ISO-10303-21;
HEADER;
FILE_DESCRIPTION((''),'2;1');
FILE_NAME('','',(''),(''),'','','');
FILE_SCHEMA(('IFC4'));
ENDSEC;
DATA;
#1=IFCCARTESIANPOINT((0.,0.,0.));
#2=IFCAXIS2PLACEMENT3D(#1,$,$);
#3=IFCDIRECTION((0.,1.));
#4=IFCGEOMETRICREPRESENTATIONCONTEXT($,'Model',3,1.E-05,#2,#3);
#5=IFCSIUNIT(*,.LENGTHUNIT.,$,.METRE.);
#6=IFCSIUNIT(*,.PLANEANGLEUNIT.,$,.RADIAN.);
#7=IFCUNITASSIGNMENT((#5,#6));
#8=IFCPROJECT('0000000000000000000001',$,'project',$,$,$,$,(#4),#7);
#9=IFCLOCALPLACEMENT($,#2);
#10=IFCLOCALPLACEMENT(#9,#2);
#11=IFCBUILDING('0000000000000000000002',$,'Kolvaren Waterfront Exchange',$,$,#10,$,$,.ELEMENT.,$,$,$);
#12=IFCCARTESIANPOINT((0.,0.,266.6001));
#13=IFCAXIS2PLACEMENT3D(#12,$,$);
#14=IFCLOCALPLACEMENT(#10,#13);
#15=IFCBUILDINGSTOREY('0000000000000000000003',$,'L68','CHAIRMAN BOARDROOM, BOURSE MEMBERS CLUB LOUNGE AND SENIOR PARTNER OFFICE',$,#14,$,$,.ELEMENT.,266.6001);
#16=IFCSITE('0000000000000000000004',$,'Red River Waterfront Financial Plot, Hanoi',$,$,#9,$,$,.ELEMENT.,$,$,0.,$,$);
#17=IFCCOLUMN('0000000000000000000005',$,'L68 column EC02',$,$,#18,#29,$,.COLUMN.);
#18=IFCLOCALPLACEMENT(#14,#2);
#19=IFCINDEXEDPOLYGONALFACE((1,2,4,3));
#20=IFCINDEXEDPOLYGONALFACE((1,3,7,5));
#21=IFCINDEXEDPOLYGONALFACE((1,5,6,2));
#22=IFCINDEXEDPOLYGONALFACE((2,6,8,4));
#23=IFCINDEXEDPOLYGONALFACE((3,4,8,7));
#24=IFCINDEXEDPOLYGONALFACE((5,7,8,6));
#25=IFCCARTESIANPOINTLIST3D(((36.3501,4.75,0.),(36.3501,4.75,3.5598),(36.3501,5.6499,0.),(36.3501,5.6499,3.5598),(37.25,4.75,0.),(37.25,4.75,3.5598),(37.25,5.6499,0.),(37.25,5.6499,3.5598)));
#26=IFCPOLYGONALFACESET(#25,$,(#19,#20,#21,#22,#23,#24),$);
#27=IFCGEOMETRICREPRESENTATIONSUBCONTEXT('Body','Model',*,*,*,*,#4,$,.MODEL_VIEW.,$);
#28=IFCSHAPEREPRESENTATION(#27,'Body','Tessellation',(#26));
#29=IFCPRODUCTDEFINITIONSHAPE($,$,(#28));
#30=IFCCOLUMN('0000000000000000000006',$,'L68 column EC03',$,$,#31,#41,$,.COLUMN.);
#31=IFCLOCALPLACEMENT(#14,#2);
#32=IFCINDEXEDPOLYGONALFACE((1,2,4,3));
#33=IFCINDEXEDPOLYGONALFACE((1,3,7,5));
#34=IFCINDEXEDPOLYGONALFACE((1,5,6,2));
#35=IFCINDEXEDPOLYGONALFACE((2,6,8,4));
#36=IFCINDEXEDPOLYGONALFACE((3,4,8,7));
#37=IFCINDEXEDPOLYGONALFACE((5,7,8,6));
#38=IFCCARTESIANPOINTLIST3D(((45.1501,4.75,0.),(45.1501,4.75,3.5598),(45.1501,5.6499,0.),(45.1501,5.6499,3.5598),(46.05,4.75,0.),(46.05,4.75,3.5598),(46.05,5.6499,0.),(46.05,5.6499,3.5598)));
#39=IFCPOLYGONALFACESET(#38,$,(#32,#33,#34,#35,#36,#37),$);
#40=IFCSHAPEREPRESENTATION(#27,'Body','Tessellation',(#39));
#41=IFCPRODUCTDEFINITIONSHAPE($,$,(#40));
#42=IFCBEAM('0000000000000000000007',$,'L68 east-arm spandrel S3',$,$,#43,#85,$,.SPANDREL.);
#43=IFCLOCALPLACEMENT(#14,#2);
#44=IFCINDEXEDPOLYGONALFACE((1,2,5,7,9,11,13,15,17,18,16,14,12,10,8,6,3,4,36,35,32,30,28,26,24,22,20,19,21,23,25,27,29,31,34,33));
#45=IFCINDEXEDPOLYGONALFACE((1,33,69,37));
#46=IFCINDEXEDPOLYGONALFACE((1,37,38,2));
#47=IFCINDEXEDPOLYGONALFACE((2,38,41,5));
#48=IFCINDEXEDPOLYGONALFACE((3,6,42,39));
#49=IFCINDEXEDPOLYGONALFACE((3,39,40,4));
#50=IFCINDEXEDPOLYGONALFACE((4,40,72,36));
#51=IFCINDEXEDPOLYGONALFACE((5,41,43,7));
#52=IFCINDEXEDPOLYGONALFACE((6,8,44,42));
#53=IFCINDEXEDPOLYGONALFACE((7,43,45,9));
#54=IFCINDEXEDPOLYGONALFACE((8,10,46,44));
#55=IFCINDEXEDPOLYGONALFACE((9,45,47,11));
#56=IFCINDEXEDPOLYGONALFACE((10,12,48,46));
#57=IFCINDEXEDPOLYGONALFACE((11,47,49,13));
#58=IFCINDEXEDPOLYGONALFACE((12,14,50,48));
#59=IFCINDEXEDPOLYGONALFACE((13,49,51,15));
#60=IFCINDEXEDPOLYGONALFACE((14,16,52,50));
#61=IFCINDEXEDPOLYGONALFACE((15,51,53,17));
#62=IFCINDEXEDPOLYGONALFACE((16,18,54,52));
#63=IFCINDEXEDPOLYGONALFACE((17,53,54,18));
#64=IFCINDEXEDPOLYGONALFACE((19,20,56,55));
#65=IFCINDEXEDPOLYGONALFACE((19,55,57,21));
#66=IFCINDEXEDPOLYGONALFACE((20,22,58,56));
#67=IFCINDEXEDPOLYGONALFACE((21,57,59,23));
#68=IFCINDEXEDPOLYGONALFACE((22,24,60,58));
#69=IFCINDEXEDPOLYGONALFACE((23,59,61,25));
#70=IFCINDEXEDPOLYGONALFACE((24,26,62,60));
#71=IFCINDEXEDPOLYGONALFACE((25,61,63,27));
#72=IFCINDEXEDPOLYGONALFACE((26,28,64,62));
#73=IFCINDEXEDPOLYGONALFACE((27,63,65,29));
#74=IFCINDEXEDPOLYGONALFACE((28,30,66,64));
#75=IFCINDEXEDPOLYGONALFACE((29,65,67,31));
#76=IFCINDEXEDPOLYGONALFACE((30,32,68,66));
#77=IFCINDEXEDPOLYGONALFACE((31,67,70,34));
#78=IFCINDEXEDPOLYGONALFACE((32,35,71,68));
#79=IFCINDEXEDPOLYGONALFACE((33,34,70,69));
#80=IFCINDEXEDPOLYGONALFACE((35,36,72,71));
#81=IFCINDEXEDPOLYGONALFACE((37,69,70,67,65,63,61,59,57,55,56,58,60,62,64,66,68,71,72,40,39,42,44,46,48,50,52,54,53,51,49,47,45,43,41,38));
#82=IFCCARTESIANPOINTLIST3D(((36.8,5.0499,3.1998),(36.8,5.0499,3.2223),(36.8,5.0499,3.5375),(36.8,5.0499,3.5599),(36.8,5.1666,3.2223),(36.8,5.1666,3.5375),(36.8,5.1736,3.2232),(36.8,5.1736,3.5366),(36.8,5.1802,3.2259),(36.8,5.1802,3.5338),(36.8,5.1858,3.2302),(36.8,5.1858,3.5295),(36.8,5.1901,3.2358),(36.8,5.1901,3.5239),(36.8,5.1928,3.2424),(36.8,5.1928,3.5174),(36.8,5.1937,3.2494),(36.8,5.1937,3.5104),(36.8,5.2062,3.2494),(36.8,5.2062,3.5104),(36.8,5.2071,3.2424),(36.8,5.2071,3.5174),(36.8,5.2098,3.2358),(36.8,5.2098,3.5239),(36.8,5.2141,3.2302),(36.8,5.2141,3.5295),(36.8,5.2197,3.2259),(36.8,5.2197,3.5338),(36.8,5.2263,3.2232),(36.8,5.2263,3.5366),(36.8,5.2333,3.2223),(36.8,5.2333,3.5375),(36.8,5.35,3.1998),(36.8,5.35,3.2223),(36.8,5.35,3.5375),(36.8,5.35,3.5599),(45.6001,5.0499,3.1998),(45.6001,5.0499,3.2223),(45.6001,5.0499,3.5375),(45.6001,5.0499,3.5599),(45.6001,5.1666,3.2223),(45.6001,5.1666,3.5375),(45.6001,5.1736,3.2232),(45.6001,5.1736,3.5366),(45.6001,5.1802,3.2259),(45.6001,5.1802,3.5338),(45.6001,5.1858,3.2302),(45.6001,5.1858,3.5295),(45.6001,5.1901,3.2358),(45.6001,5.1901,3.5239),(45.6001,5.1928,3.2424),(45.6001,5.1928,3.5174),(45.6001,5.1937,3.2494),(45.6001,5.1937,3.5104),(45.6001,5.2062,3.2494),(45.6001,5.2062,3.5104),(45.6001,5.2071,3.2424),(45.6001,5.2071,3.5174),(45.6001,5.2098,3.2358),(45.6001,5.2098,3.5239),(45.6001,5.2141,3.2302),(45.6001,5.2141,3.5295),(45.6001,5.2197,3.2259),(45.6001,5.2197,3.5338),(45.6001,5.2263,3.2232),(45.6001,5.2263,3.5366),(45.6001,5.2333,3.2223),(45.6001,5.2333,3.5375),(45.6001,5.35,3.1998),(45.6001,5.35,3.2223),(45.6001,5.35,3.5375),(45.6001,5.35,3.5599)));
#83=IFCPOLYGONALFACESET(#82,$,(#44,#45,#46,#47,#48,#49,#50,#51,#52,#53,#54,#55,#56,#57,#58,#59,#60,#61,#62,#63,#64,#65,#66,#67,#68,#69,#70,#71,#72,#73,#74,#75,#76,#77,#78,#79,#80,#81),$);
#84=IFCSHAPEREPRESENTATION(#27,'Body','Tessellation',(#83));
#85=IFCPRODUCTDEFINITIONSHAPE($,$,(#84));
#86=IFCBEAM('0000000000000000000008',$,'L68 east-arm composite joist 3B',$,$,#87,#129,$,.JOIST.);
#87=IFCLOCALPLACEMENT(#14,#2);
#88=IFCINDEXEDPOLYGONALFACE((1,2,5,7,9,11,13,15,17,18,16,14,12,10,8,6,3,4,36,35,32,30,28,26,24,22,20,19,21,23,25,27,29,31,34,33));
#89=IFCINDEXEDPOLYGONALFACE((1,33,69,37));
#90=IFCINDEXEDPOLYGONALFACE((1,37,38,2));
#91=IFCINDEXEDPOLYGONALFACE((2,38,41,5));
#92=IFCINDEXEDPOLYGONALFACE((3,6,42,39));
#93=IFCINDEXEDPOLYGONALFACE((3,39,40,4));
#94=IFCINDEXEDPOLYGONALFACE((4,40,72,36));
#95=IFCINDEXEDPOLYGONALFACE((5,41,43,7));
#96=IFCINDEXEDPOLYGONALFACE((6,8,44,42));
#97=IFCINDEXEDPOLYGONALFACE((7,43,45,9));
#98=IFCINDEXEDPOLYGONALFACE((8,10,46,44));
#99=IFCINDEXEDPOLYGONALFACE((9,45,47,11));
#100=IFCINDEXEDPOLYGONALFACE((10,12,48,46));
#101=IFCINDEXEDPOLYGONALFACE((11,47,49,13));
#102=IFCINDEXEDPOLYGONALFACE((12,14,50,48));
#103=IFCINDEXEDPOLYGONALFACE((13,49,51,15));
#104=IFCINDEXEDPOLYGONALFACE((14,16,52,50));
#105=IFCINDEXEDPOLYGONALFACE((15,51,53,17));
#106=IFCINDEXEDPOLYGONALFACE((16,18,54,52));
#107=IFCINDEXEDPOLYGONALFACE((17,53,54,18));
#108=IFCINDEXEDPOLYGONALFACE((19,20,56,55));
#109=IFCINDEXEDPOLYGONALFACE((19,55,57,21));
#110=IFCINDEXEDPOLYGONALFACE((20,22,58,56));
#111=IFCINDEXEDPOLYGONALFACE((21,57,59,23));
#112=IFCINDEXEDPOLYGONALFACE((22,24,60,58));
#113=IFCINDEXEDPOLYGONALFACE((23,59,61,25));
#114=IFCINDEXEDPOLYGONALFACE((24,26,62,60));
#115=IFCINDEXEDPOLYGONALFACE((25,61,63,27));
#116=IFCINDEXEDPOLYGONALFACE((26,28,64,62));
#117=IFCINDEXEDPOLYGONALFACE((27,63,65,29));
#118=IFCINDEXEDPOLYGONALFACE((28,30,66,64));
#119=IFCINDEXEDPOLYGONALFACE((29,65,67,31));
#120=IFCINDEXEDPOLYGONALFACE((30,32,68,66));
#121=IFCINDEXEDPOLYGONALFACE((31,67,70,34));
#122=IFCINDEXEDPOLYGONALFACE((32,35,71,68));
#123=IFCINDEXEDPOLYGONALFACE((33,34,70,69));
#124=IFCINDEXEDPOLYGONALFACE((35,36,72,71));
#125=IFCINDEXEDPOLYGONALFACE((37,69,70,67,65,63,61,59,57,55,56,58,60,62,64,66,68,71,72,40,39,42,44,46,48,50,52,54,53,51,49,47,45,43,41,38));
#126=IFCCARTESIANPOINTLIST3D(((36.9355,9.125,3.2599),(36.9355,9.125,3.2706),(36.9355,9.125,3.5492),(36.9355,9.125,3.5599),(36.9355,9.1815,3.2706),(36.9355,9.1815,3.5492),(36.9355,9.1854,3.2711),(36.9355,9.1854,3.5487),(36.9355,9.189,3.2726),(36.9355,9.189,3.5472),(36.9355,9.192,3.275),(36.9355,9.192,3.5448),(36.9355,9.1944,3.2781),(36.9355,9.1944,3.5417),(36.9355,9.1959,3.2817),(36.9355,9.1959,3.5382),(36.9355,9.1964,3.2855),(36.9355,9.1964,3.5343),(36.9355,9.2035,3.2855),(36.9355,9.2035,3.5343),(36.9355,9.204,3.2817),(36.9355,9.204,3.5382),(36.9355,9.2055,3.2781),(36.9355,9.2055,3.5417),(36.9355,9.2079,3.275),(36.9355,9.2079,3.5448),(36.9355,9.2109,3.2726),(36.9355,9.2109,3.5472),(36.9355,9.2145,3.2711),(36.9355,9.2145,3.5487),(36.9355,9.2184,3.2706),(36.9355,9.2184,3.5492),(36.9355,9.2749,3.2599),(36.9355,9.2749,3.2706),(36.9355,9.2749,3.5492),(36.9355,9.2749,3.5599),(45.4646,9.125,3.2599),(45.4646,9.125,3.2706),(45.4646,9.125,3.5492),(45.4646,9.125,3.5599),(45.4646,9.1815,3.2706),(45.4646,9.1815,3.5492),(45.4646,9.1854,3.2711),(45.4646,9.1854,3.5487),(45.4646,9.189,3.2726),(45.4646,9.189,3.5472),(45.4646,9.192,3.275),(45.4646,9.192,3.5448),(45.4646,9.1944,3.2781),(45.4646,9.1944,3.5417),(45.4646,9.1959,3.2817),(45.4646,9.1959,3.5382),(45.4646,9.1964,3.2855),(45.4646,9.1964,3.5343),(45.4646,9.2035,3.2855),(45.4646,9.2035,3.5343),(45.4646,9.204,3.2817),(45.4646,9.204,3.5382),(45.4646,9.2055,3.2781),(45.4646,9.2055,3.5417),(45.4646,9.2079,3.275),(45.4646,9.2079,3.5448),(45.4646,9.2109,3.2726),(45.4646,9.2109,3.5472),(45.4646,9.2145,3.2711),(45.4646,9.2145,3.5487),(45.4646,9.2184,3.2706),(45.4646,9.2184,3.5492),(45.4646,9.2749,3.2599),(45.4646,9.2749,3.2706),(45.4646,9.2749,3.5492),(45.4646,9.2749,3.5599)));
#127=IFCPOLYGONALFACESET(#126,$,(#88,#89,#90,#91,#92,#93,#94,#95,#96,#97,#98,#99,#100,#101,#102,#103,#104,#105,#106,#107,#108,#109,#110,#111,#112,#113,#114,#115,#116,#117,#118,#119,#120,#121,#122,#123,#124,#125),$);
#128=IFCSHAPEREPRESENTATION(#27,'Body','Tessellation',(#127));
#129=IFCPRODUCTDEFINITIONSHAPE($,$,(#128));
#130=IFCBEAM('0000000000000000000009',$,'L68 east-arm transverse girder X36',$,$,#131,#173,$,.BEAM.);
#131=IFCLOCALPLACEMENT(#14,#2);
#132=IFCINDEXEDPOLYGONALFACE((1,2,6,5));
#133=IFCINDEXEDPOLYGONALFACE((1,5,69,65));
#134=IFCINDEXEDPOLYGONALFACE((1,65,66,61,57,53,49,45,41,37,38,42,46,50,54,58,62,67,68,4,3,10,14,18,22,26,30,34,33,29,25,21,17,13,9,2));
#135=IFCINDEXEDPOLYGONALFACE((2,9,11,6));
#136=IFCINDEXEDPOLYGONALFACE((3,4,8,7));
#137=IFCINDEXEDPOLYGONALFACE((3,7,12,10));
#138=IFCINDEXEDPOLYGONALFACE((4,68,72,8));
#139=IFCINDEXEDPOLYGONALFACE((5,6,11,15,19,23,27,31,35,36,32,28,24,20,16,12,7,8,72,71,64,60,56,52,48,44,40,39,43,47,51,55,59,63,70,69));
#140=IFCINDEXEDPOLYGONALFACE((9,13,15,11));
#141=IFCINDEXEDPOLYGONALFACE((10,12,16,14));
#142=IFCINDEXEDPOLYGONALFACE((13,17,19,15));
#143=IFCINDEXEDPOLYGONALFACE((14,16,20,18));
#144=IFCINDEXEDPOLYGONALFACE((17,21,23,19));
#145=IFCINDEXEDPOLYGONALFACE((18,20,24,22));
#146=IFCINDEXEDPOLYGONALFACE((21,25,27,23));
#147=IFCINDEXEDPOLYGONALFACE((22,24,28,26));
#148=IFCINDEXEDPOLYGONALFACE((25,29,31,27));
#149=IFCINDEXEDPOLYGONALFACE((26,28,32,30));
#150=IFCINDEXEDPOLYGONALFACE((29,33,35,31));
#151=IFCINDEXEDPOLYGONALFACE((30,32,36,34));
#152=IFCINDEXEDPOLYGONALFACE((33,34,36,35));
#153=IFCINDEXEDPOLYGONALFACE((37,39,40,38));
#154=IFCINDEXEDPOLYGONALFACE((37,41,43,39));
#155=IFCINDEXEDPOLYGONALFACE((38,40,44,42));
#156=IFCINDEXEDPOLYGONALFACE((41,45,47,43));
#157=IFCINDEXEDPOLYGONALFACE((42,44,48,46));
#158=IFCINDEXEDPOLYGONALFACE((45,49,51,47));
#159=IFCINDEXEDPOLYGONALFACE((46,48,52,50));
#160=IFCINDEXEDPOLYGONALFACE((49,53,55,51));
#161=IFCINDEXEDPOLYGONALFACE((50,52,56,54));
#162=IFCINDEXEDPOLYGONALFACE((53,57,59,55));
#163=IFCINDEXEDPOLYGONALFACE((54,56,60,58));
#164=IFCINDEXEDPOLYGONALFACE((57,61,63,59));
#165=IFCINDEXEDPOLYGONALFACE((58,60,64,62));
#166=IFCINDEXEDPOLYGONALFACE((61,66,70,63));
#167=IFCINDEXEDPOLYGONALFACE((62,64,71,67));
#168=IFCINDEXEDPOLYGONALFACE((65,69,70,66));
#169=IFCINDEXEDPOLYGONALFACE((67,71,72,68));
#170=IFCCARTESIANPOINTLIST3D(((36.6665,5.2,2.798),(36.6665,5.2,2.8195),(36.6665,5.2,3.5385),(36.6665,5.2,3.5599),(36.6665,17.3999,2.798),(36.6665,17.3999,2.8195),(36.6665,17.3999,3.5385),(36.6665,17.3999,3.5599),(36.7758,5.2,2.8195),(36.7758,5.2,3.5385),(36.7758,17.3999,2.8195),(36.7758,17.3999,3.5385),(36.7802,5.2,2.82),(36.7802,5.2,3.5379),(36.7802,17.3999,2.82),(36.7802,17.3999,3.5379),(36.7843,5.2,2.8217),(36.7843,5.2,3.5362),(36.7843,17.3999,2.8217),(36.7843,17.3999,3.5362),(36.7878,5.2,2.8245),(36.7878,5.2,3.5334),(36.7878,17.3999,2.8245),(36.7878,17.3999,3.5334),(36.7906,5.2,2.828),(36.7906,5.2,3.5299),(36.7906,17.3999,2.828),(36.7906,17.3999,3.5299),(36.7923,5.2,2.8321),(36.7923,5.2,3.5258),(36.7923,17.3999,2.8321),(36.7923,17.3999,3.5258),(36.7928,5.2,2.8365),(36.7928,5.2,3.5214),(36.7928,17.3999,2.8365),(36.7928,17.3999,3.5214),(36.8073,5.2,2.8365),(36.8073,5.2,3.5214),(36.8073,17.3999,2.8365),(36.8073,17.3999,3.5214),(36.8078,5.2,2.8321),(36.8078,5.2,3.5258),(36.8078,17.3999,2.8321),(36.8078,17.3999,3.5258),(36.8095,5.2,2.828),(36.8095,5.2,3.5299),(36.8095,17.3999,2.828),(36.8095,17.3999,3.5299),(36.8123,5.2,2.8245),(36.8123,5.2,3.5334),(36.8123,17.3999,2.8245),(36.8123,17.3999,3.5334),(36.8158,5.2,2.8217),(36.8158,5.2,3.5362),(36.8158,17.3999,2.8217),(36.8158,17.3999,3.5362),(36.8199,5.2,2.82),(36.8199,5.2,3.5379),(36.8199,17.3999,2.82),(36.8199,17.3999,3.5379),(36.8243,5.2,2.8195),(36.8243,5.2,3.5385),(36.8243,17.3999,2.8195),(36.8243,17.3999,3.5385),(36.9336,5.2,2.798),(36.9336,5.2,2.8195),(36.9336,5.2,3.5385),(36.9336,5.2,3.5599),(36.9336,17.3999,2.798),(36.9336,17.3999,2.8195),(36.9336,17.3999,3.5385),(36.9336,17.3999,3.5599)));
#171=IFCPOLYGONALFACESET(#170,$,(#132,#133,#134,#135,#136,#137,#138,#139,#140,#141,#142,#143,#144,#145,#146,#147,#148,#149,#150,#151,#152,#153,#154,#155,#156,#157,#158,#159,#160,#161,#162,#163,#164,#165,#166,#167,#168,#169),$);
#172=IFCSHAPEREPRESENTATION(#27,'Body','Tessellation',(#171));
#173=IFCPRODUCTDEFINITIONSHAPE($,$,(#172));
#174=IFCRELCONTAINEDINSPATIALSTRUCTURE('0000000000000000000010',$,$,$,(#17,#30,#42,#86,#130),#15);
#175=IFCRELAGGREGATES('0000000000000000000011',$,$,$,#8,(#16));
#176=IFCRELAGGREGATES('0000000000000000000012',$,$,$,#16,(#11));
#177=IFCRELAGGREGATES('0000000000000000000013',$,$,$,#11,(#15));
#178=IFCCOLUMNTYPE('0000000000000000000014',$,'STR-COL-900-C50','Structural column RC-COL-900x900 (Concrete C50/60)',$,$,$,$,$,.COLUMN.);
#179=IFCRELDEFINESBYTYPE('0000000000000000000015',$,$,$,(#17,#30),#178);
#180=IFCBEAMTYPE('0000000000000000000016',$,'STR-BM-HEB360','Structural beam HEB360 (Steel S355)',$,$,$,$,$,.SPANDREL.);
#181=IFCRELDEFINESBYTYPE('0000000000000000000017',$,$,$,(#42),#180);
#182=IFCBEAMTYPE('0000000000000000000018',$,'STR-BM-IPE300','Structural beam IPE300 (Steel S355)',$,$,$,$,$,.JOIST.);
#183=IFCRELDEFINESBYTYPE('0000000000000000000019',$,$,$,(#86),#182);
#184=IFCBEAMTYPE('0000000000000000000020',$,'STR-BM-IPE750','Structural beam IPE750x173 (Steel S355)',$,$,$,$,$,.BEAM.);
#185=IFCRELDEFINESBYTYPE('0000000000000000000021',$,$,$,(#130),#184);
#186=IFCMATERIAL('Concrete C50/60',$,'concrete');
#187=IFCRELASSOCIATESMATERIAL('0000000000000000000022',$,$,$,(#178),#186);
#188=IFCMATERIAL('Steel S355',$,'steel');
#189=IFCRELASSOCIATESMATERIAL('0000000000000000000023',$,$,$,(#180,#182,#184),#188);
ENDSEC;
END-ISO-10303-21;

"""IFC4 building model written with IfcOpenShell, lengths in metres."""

from ifc_helpers import new_model, si_unit, direction, frame, origin, origin_2d, place, context, subcontext, project, spatial, rectangle, i_section, extrude, material, material_profile, profile_set, type_object, element, save


model = new_model("IFC4")

# Units and contexts
model_context = context("Model", 3, precision=1e-05, world=origin(), true_north=direction((0.0, 1.0)))
body_context = subcontext(model_context, "Body", "Model", "MODEL_VIEW")
ifc_project = project(units=[si_unit("LENGTHUNIT", "METRE"), si_unit("PLANEANGLEUNIT", "RADIAN")], contexts=[model_context])

# Site, building, storey
site_placement = place(None, origin())
site = spatial("IfcSite", under=ifc_project, at=site_placement, Name="Red River Waterfront Financial Plot, Hanoi", CompositionType="ELEMENT", RefElevation=0.0)
building_placement = place(site_placement, origin())
building = spatial("IfcBuilding", under=site, at=building_placement, Name="Kolvaren Waterfront Exchange", CompositionType="ELEMENT")
storey_placement = place(building_placement, frame((0.0, 0.0, 266.6001)))
storey = spatial("IfcBuildingStorey", under=building, at=storey_placement, Name="L68", Description="CHAIRMAN BOARDROOM, BOURSE MEMBERS CLUB LOUNGE AND SENIOR PARTNER OFFICE", CompositionType="ELEMENT", Elevation=266.6001)

# Columns
ifc_material_1 = material(Name="Concrete C50/60", Category="concrete")
ifc_material_profile_1 = material_profile(ifc_material_1, rectangle(XDim=0.8999, YDim=0.8999, at=origin_2d()), Name="RC-COL-900x900")
ifc_profile_set_1 = profile_set([ifc_material_profile_1], Name="Concrete C50/60")
column_type = type_object("IfcColumnType", Name="STR-COL-900-C50", Description="Structural column RC-COL-900x900 (Concrete C50/60)", PredefinedType="COLUMN", material=ifc_profile_set_1)
for number, where, z_axis, x_axis, name in (
    (1, (36.8, 5.2, 0.0), (0.0, 0.0, 1.0), (1.0, 0.0, 0.0), "L68 column EC02"),
    (2, (45.6001, 5.2, 0.0), (0.0, 0.0, 1.0), (1.0, 0.0, 0.0), "L68 column EC03"),
):
    element("IfcColumn", number, at=place(storey_placement, frame(where, z_axis=z_axis, x_axis=x_axis)), inside=storey, type_object=column_type, Name=name, PredefinedType="COLUMN", context=body_context, shape_type="SweptSolid", body=[
        extrude(rectangle(XDim=0.8999, YDim=0.8999, at=origin_2d()), origin(), (0.0, 0.0, 1.0), 3.5598),
    ])

# Beams
ifc_material_2 = material(Name="Steel S355", Category="steel")
ifc_material_profile_2 = material_profile(ifc_material_2, i_section(OverallWidth=0.3, OverallDepth=0.3601, WebThickness=0.0125, FlangeThickness=0.0225, FilletRadius=0.0271, at=origin_2d()), Name="HEB360")
ifc_profile_set_2 = profile_set([ifc_material_profile_2], Name="Steel S355")
beam_type_1 = type_object("IfcBeamType", Name="STR-BM-HEB360", Description="Structural beam HEB360 (Steel S355)", PredefinedType="SPANDREL", material=ifc_profile_set_2)
beam_1_placement = place(storey_placement, frame((36.8, 5.2, 3.3799), z_axis=(1.0, 0.0, 0.0), x_axis=(0.0, 1.0, 0.0)))
element("IfcBeam", 3, at=beam_1_placement, inside=storey, type_object=beam_type_1, Name="L68 east-arm spandrel S3", PredefinedType="SPANDREL", context=body_context, shape_type="SweptSolid", body=[
    extrude(i_section(OverallWidth=0.3, OverallDepth=0.3601, WebThickness=0.0125, FlangeThickness=0.0225, FilletRadius=0.0271, at=origin_2d()), origin(), (0.0, 0.0, 1.0), 8.8),
])
ifc_material_profile_3 = material_profile(ifc_material_2, i_section(OverallWidth=0.1499, OverallDepth=0.3, WebThickness=0.0071, FlangeThickness=0.0107, FilletRadius=0.0149, at=origin_2d()), Name="IPE300")
ifc_profile_set_3 = profile_set([ifc_material_profile_3], Name="Steel S355")
beam_type_2 = type_object("IfcBeamType", Name="STR-BM-IPE300", Description="Structural beam IPE300 (Steel S355)", PredefinedType="JOIST", material=ifc_profile_set_3)
beam_2_placement = place(storey_placement, frame((36.9355, 9.2, 3.4099), z_axis=(1.0, 0.0, 0.0), x_axis=(0.0, 1.0, 0.0)))
element("IfcBeam", 4, at=beam_2_placement, inside=storey, type_object=beam_type_2, Name="L68 east-arm composite joist 3B", PredefinedType="JOIST", context=body_context, shape_type="SweptSolid", body=[
    extrude(i_section(OverallWidth=0.1499, OverallDepth=0.3, WebThickness=0.0071, FlangeThickness=0.0107, FilletRadius=0.0149, at=origin_2d()), origin(), (0.0, 0.0, 1.0), 8.5291),
])
ifc_material_profile_4 = material_profile(ifc_material_2, i_section(OverallWidth=0.2671, OverallDepth=0.762, WebThickness=0.0144, FlangeThickness=0.0215, FilletRadius=0.0171, at=origin_2d()), Name="IPE750x173")
ifc_profile_set_4 = profile_set([ifc_material_profile_4], Name="Steel S355")
beam_type_3 = type_object("IfcBeamType", Name="STR-BM-IPE750", Description="Structural beam IPE750x173 (Steel S355)", PredefinedType="BEAM", material=ifc_profile_set_4)
for number, where, z_axis, x_axis, name in (
    (5, (36.8, 5.2, 3.179), (0.0, 1.0, 0.0), (-1.0, 0.0, 0.0), "L68 east-arm transverse girder X36"),
):
    element("IfcBeam", number, at=place(storey_placement, frame(where, z_axis=z_axis, x_axis=x_axis)), inside=storey, type_object=beam_type_3, Name=name, PredefinedType="BEAM", context=body_context, shape_type="SweptSolid", body=[
        extrude(i_section(OverallWidth=0.2671, OverallDepth=0.762, WebThickness=0.0144, FlangeThickness=0.0215, FilletRadius=0.0171, at=origin_2d()), origin(), (0.0, 0.0, 1.0), 12.2),
    ])

save(model, "model.ifc")
